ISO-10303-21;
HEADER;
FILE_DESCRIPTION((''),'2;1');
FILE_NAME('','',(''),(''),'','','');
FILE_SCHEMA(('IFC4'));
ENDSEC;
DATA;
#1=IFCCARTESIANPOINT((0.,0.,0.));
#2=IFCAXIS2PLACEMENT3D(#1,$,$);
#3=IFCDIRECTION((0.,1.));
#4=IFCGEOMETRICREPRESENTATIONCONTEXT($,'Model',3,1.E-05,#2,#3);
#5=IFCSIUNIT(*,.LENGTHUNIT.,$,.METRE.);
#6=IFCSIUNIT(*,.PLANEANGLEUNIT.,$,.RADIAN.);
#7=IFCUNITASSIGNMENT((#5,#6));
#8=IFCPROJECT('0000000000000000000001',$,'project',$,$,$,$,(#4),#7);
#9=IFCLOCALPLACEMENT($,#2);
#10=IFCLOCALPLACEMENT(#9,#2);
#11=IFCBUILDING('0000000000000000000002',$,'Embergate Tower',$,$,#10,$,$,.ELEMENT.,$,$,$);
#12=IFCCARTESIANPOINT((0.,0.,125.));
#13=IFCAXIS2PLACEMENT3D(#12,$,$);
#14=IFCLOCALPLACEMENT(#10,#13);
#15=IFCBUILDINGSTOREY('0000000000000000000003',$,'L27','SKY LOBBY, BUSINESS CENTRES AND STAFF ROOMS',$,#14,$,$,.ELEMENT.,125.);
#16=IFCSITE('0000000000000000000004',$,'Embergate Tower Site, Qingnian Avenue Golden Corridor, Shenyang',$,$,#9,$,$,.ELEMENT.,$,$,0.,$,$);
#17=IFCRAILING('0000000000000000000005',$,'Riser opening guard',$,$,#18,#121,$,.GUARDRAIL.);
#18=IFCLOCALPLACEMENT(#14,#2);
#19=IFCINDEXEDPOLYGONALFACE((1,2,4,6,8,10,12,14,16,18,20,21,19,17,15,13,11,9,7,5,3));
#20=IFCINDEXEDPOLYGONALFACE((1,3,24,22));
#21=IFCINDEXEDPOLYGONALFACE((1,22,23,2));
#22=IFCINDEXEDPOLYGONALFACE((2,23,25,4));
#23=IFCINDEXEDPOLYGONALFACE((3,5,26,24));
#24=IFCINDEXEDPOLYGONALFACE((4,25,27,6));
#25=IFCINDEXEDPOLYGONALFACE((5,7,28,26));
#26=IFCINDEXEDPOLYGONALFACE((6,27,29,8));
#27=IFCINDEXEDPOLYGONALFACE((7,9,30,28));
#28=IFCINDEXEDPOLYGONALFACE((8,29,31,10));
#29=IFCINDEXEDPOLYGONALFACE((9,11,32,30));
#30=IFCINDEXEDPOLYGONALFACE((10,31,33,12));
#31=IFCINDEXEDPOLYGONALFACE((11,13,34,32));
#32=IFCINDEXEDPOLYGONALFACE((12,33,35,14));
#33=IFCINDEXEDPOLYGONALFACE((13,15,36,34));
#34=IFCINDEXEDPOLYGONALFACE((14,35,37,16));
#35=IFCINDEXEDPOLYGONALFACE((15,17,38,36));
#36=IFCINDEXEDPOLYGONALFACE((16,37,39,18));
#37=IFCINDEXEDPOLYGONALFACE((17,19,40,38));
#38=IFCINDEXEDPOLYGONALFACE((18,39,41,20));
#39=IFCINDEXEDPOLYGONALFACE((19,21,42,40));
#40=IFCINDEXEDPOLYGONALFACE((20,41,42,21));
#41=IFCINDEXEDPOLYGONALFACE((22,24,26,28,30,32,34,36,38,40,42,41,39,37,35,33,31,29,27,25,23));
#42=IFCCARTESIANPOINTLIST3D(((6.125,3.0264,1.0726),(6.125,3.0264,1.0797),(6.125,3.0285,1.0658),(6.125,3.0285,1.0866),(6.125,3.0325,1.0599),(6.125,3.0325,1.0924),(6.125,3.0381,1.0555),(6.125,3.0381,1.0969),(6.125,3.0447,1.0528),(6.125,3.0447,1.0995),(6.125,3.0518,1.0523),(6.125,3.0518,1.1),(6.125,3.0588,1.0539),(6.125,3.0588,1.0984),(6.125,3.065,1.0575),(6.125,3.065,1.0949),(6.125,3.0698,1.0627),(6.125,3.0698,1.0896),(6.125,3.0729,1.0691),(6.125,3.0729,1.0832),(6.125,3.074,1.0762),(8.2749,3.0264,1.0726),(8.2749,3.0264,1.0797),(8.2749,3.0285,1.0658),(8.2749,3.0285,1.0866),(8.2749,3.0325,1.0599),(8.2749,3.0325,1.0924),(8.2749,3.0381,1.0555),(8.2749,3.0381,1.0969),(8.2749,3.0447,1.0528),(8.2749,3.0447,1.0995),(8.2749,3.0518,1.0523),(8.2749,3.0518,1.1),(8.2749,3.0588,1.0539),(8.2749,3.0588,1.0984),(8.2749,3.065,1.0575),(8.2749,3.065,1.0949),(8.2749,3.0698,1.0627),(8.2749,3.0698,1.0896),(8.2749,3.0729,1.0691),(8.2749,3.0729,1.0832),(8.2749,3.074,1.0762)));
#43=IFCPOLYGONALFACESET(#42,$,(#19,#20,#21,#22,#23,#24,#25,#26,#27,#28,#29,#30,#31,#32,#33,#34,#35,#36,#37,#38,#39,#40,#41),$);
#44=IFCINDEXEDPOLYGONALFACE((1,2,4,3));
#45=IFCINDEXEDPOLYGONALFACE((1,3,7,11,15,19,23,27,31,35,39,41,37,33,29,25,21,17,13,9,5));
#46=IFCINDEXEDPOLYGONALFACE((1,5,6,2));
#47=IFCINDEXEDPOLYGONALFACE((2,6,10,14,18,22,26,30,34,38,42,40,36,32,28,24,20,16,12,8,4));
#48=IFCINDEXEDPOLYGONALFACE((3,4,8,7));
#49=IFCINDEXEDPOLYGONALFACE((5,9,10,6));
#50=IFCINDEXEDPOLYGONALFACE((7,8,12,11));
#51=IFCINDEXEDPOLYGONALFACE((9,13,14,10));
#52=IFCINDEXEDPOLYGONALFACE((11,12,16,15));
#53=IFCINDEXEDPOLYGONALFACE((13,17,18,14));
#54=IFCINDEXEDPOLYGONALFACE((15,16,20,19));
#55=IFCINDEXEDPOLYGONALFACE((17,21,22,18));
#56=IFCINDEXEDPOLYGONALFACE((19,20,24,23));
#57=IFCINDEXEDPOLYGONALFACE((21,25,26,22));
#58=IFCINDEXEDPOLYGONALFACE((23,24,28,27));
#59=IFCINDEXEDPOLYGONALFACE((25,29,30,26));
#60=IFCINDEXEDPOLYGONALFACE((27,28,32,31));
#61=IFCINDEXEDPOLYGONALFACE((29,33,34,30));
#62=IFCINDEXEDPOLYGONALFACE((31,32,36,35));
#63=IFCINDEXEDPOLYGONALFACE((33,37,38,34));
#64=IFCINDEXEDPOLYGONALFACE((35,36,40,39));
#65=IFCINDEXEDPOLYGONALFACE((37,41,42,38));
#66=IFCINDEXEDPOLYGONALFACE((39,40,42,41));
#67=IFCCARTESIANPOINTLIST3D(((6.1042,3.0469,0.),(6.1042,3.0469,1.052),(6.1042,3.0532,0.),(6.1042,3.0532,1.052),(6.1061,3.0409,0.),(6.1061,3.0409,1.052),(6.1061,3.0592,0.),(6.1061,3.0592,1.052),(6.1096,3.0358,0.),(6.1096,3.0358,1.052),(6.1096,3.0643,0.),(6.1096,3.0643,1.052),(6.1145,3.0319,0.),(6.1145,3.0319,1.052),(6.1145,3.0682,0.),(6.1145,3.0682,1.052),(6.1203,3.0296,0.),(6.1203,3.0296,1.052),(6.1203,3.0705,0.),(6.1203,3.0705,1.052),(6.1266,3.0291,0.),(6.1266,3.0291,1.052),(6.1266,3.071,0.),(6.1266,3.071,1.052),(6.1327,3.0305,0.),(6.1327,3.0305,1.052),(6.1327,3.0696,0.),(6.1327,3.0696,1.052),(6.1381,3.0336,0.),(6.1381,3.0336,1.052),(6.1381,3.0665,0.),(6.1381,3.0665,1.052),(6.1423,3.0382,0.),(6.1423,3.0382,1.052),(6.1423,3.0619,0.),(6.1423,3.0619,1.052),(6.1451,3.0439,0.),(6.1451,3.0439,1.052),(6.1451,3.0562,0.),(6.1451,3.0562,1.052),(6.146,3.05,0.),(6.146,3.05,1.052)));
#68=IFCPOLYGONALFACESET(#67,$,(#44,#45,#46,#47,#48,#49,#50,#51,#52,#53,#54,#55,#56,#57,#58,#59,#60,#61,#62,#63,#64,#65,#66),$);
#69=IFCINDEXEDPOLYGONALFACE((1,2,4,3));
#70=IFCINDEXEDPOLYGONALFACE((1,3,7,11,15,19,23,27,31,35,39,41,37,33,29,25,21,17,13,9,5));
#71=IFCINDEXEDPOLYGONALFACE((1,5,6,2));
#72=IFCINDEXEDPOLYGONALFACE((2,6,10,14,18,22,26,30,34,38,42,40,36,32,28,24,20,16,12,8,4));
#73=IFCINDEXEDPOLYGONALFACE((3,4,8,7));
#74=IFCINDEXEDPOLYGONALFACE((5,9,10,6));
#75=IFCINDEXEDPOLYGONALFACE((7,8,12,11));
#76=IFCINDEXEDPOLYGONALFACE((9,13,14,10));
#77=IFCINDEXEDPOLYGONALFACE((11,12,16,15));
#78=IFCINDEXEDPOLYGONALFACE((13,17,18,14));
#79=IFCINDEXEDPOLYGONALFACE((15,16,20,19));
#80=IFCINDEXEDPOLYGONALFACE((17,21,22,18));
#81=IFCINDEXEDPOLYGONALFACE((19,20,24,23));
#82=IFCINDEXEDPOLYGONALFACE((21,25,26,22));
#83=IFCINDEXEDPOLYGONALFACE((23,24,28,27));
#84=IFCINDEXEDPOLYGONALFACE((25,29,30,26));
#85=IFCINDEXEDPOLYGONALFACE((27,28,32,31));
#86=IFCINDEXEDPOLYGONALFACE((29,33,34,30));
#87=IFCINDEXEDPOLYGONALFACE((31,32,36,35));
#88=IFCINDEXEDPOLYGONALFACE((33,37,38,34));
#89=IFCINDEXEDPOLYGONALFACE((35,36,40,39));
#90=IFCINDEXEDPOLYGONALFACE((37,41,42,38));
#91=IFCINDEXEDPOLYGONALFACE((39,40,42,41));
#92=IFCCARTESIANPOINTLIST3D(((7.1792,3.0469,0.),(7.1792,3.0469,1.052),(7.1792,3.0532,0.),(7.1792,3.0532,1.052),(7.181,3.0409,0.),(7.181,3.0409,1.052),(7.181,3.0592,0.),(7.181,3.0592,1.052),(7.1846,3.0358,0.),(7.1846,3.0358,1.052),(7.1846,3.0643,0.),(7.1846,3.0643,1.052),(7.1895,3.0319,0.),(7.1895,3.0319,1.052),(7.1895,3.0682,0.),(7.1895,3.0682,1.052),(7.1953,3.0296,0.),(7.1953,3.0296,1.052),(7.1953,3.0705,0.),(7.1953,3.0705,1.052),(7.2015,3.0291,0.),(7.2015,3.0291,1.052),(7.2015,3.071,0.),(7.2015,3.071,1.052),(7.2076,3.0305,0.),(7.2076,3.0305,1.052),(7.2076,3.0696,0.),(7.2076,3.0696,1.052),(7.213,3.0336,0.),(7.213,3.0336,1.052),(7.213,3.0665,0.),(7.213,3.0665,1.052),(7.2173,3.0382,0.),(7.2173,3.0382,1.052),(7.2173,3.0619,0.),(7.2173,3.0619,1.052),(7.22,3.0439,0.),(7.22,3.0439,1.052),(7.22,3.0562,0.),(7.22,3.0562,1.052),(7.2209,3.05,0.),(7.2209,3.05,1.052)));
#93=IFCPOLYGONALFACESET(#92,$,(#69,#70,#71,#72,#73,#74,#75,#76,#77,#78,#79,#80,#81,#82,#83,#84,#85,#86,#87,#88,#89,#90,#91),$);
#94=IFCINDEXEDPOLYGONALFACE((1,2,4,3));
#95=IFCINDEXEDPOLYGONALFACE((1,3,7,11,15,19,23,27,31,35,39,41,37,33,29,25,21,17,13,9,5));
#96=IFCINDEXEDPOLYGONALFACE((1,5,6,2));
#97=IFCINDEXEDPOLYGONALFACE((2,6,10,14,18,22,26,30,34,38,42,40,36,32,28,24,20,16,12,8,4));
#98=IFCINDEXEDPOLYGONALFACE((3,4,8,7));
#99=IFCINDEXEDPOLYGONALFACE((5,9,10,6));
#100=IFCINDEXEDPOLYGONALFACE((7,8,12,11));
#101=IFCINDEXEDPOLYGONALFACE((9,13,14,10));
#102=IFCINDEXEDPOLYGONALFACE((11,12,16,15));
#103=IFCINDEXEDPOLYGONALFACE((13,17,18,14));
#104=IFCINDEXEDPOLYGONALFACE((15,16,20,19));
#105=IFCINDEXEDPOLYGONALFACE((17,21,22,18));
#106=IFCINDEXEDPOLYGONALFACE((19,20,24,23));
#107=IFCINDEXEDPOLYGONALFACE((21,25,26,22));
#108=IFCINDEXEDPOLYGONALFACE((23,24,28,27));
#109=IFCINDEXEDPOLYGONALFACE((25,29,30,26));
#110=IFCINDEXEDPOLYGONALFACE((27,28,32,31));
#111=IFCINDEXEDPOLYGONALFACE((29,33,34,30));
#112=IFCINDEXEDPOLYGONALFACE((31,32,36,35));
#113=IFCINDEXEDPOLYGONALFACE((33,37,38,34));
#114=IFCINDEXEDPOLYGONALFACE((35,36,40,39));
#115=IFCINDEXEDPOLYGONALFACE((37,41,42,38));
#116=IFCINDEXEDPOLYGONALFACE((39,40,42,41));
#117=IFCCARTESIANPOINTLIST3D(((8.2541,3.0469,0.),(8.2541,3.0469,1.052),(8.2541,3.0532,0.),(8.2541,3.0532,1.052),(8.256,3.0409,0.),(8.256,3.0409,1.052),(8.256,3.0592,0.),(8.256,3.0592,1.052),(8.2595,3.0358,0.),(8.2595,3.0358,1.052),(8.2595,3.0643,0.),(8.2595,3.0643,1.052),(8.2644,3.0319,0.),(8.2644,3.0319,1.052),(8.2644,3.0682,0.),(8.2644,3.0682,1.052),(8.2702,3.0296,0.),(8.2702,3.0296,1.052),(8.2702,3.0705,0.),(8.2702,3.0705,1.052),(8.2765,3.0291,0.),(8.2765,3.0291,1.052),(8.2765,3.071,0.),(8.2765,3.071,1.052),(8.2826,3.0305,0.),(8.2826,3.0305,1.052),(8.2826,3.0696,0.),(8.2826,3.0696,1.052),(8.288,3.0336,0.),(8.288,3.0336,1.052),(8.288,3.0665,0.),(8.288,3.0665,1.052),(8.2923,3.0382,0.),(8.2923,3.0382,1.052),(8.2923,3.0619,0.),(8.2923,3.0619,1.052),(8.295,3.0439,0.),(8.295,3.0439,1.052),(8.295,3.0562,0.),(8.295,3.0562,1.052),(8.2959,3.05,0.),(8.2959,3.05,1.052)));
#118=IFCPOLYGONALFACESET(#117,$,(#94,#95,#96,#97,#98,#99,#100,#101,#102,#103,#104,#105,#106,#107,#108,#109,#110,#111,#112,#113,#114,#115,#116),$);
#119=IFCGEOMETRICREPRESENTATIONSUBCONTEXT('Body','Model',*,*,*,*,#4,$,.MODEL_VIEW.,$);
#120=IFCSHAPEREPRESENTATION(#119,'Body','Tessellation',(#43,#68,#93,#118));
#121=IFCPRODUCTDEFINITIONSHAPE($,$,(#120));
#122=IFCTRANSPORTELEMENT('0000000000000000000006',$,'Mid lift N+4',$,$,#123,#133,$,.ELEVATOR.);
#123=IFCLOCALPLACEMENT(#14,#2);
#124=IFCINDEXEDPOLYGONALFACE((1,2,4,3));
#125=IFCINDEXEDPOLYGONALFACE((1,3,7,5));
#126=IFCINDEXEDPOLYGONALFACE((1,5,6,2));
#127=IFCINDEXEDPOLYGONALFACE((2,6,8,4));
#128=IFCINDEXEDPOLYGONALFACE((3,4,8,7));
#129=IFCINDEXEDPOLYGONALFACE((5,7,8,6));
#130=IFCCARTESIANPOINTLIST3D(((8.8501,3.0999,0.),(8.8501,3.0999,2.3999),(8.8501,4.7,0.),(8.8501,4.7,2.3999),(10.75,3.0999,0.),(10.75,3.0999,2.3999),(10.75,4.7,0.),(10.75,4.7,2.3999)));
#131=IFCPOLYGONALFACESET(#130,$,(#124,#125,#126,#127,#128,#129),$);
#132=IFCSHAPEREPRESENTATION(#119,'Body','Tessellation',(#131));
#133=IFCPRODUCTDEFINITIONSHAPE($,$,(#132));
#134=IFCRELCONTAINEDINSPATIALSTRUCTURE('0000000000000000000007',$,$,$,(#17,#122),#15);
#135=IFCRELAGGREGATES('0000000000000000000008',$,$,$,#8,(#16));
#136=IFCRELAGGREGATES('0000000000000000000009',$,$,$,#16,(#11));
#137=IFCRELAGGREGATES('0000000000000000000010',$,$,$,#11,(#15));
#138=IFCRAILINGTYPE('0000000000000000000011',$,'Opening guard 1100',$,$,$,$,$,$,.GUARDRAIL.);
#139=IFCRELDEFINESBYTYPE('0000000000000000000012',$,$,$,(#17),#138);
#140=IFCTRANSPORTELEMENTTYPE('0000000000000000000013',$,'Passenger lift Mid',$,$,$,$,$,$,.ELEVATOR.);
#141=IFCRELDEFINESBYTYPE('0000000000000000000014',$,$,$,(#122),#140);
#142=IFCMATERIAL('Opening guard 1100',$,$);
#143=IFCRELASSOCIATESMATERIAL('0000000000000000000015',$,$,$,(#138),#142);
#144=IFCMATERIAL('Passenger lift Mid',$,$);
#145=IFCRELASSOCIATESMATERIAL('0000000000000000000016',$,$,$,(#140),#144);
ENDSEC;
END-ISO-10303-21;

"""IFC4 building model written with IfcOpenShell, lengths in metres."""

from ifc_helpers import new_model, si_unit, direction, frame, origin, origin_2d, place, context, subcontext, project, spatial, rectangle, circle, extrude, source, transform, mapped, material, type_object, element, save


model = new_model("IFC4")

# Units and contexts
model_context = context("Model", 3, precision=1e-05, world=origin(), true_north=direction((0.0, 1.0)))
body_context = subcontext(model_context, "Body", "Model", "MODEL_VIEW")
ifc_project = project(units=[si_unit("LENGTHUNIT", "METRE"), si_unit("PLANEANGLEUNIT", "RADIAN")], contexts=[model_context])

# Site, building, storey
site_placement = place(None, origin())
site = spatial("IfcSite", under=ifc_project, at=site_placement, Name="Embergate Tower Site, Qingnian Avenue Golden Corridor, Shenyang", CompositionType="ELEMENT", RefElevation=0.0)
building_placement = place(site_placement, origin())
building = spatial("IfcBuilding", under=site, at=building_placement, Name="Embergate Tower", CompositionType="ELEMENT")
storey_placement = place(building_placement, frame((0.0, 0.0, 125.0)))
storey = spatial("IfcBuildingStorey", under=building, at=storey_placement, Name="L27", Description="SKY LOBBY, BUSINESS CENTRES AND STAFF ROOMS", CompositionType="ELEMENT", Elevation=125.0)

# Railing
ifc_material_1 = material(Name="Opening guard 1100")
railing_type_1 = type_object("IfcRailingType", Name="Opening guard 1100", PredefinedType="GUARDRAIL", material=ifc_material_1)
shared_shape_1 = source(origin(), body_context, "Body", "SweptSolid", [
    extrude(circle(Radius=0.0239, at=origin_2d()), frame((0.0, 0.0, 1.0762), z_axis=(1.0, 0.0, 0.0), x_axis=(0.0, 1.0, 0.0)), (0.0, 0.0, 1.0), 2.1499),
    extrude(circle(Radius=0.021, at=origin_2d()), origin(), (0.0, 0.0, 1.0), 1.052),
    extrude(circle(Radius=0.021, at=origin_2d()), frame((1.075, 0.0, 0.0)), (0.0, 0.0, 1.0), 1.052),
    extrude(circle(Radius=0.021, at=origin_2d()), frame((2.1499, 0.0, 0.0)), (0.0, 0.0, 1.0), 1.052),
])
railing_1_placement = place(storey_placement, frame((6.125, 3.05, 0.0)))
element("IfcRailing", 1, at=railing_1_placement, inside=storey, type_object=railing_type_1, Name="Riser opening guard", PredefinedType="GUARDRAIL", context=body_context, shape_type="MappedRepresentation", body=[
    mapped(shared_shape_1, transform((0.0, 0.0, 0.0))),
])

# Transport element
ifc_material_2 = material(Name="Passenger lift Mid")
transport_element_type = type_object("IfcTransportElementType", Name="Passenger lift Mid", PredefinedType="ELEVATOR", material=ifc_material_2)
shared_shape_2 = source(origin(), body_context, "Body", "SweptSolid", [
    extrude(rectangle(XDim=1.8999, YDim=1.6001, at=origin_2d()), origin(), (0.0, 0.0, 1.0), 2.3999),
])
transport_element_placement = place(storey_placement, frame((9.8, 3.8999, 0.0), z_axis=(0.0, 0.0, 1.0), x_axis=(1.0, 0.0, 0.0)))
element("IfcTransportElement", 2, at=transport_element_placement, inside=storey, type_object=transport_element_type, Name="Mid lift N+4", PredefinedType="ELEVATOR", context=body_context, shape_type="MappedRepresentation", body=[
    mapped(shared_shape_2, transform((0.0, 0.0, 0.0))),
])

save(model, "model.ifc")
